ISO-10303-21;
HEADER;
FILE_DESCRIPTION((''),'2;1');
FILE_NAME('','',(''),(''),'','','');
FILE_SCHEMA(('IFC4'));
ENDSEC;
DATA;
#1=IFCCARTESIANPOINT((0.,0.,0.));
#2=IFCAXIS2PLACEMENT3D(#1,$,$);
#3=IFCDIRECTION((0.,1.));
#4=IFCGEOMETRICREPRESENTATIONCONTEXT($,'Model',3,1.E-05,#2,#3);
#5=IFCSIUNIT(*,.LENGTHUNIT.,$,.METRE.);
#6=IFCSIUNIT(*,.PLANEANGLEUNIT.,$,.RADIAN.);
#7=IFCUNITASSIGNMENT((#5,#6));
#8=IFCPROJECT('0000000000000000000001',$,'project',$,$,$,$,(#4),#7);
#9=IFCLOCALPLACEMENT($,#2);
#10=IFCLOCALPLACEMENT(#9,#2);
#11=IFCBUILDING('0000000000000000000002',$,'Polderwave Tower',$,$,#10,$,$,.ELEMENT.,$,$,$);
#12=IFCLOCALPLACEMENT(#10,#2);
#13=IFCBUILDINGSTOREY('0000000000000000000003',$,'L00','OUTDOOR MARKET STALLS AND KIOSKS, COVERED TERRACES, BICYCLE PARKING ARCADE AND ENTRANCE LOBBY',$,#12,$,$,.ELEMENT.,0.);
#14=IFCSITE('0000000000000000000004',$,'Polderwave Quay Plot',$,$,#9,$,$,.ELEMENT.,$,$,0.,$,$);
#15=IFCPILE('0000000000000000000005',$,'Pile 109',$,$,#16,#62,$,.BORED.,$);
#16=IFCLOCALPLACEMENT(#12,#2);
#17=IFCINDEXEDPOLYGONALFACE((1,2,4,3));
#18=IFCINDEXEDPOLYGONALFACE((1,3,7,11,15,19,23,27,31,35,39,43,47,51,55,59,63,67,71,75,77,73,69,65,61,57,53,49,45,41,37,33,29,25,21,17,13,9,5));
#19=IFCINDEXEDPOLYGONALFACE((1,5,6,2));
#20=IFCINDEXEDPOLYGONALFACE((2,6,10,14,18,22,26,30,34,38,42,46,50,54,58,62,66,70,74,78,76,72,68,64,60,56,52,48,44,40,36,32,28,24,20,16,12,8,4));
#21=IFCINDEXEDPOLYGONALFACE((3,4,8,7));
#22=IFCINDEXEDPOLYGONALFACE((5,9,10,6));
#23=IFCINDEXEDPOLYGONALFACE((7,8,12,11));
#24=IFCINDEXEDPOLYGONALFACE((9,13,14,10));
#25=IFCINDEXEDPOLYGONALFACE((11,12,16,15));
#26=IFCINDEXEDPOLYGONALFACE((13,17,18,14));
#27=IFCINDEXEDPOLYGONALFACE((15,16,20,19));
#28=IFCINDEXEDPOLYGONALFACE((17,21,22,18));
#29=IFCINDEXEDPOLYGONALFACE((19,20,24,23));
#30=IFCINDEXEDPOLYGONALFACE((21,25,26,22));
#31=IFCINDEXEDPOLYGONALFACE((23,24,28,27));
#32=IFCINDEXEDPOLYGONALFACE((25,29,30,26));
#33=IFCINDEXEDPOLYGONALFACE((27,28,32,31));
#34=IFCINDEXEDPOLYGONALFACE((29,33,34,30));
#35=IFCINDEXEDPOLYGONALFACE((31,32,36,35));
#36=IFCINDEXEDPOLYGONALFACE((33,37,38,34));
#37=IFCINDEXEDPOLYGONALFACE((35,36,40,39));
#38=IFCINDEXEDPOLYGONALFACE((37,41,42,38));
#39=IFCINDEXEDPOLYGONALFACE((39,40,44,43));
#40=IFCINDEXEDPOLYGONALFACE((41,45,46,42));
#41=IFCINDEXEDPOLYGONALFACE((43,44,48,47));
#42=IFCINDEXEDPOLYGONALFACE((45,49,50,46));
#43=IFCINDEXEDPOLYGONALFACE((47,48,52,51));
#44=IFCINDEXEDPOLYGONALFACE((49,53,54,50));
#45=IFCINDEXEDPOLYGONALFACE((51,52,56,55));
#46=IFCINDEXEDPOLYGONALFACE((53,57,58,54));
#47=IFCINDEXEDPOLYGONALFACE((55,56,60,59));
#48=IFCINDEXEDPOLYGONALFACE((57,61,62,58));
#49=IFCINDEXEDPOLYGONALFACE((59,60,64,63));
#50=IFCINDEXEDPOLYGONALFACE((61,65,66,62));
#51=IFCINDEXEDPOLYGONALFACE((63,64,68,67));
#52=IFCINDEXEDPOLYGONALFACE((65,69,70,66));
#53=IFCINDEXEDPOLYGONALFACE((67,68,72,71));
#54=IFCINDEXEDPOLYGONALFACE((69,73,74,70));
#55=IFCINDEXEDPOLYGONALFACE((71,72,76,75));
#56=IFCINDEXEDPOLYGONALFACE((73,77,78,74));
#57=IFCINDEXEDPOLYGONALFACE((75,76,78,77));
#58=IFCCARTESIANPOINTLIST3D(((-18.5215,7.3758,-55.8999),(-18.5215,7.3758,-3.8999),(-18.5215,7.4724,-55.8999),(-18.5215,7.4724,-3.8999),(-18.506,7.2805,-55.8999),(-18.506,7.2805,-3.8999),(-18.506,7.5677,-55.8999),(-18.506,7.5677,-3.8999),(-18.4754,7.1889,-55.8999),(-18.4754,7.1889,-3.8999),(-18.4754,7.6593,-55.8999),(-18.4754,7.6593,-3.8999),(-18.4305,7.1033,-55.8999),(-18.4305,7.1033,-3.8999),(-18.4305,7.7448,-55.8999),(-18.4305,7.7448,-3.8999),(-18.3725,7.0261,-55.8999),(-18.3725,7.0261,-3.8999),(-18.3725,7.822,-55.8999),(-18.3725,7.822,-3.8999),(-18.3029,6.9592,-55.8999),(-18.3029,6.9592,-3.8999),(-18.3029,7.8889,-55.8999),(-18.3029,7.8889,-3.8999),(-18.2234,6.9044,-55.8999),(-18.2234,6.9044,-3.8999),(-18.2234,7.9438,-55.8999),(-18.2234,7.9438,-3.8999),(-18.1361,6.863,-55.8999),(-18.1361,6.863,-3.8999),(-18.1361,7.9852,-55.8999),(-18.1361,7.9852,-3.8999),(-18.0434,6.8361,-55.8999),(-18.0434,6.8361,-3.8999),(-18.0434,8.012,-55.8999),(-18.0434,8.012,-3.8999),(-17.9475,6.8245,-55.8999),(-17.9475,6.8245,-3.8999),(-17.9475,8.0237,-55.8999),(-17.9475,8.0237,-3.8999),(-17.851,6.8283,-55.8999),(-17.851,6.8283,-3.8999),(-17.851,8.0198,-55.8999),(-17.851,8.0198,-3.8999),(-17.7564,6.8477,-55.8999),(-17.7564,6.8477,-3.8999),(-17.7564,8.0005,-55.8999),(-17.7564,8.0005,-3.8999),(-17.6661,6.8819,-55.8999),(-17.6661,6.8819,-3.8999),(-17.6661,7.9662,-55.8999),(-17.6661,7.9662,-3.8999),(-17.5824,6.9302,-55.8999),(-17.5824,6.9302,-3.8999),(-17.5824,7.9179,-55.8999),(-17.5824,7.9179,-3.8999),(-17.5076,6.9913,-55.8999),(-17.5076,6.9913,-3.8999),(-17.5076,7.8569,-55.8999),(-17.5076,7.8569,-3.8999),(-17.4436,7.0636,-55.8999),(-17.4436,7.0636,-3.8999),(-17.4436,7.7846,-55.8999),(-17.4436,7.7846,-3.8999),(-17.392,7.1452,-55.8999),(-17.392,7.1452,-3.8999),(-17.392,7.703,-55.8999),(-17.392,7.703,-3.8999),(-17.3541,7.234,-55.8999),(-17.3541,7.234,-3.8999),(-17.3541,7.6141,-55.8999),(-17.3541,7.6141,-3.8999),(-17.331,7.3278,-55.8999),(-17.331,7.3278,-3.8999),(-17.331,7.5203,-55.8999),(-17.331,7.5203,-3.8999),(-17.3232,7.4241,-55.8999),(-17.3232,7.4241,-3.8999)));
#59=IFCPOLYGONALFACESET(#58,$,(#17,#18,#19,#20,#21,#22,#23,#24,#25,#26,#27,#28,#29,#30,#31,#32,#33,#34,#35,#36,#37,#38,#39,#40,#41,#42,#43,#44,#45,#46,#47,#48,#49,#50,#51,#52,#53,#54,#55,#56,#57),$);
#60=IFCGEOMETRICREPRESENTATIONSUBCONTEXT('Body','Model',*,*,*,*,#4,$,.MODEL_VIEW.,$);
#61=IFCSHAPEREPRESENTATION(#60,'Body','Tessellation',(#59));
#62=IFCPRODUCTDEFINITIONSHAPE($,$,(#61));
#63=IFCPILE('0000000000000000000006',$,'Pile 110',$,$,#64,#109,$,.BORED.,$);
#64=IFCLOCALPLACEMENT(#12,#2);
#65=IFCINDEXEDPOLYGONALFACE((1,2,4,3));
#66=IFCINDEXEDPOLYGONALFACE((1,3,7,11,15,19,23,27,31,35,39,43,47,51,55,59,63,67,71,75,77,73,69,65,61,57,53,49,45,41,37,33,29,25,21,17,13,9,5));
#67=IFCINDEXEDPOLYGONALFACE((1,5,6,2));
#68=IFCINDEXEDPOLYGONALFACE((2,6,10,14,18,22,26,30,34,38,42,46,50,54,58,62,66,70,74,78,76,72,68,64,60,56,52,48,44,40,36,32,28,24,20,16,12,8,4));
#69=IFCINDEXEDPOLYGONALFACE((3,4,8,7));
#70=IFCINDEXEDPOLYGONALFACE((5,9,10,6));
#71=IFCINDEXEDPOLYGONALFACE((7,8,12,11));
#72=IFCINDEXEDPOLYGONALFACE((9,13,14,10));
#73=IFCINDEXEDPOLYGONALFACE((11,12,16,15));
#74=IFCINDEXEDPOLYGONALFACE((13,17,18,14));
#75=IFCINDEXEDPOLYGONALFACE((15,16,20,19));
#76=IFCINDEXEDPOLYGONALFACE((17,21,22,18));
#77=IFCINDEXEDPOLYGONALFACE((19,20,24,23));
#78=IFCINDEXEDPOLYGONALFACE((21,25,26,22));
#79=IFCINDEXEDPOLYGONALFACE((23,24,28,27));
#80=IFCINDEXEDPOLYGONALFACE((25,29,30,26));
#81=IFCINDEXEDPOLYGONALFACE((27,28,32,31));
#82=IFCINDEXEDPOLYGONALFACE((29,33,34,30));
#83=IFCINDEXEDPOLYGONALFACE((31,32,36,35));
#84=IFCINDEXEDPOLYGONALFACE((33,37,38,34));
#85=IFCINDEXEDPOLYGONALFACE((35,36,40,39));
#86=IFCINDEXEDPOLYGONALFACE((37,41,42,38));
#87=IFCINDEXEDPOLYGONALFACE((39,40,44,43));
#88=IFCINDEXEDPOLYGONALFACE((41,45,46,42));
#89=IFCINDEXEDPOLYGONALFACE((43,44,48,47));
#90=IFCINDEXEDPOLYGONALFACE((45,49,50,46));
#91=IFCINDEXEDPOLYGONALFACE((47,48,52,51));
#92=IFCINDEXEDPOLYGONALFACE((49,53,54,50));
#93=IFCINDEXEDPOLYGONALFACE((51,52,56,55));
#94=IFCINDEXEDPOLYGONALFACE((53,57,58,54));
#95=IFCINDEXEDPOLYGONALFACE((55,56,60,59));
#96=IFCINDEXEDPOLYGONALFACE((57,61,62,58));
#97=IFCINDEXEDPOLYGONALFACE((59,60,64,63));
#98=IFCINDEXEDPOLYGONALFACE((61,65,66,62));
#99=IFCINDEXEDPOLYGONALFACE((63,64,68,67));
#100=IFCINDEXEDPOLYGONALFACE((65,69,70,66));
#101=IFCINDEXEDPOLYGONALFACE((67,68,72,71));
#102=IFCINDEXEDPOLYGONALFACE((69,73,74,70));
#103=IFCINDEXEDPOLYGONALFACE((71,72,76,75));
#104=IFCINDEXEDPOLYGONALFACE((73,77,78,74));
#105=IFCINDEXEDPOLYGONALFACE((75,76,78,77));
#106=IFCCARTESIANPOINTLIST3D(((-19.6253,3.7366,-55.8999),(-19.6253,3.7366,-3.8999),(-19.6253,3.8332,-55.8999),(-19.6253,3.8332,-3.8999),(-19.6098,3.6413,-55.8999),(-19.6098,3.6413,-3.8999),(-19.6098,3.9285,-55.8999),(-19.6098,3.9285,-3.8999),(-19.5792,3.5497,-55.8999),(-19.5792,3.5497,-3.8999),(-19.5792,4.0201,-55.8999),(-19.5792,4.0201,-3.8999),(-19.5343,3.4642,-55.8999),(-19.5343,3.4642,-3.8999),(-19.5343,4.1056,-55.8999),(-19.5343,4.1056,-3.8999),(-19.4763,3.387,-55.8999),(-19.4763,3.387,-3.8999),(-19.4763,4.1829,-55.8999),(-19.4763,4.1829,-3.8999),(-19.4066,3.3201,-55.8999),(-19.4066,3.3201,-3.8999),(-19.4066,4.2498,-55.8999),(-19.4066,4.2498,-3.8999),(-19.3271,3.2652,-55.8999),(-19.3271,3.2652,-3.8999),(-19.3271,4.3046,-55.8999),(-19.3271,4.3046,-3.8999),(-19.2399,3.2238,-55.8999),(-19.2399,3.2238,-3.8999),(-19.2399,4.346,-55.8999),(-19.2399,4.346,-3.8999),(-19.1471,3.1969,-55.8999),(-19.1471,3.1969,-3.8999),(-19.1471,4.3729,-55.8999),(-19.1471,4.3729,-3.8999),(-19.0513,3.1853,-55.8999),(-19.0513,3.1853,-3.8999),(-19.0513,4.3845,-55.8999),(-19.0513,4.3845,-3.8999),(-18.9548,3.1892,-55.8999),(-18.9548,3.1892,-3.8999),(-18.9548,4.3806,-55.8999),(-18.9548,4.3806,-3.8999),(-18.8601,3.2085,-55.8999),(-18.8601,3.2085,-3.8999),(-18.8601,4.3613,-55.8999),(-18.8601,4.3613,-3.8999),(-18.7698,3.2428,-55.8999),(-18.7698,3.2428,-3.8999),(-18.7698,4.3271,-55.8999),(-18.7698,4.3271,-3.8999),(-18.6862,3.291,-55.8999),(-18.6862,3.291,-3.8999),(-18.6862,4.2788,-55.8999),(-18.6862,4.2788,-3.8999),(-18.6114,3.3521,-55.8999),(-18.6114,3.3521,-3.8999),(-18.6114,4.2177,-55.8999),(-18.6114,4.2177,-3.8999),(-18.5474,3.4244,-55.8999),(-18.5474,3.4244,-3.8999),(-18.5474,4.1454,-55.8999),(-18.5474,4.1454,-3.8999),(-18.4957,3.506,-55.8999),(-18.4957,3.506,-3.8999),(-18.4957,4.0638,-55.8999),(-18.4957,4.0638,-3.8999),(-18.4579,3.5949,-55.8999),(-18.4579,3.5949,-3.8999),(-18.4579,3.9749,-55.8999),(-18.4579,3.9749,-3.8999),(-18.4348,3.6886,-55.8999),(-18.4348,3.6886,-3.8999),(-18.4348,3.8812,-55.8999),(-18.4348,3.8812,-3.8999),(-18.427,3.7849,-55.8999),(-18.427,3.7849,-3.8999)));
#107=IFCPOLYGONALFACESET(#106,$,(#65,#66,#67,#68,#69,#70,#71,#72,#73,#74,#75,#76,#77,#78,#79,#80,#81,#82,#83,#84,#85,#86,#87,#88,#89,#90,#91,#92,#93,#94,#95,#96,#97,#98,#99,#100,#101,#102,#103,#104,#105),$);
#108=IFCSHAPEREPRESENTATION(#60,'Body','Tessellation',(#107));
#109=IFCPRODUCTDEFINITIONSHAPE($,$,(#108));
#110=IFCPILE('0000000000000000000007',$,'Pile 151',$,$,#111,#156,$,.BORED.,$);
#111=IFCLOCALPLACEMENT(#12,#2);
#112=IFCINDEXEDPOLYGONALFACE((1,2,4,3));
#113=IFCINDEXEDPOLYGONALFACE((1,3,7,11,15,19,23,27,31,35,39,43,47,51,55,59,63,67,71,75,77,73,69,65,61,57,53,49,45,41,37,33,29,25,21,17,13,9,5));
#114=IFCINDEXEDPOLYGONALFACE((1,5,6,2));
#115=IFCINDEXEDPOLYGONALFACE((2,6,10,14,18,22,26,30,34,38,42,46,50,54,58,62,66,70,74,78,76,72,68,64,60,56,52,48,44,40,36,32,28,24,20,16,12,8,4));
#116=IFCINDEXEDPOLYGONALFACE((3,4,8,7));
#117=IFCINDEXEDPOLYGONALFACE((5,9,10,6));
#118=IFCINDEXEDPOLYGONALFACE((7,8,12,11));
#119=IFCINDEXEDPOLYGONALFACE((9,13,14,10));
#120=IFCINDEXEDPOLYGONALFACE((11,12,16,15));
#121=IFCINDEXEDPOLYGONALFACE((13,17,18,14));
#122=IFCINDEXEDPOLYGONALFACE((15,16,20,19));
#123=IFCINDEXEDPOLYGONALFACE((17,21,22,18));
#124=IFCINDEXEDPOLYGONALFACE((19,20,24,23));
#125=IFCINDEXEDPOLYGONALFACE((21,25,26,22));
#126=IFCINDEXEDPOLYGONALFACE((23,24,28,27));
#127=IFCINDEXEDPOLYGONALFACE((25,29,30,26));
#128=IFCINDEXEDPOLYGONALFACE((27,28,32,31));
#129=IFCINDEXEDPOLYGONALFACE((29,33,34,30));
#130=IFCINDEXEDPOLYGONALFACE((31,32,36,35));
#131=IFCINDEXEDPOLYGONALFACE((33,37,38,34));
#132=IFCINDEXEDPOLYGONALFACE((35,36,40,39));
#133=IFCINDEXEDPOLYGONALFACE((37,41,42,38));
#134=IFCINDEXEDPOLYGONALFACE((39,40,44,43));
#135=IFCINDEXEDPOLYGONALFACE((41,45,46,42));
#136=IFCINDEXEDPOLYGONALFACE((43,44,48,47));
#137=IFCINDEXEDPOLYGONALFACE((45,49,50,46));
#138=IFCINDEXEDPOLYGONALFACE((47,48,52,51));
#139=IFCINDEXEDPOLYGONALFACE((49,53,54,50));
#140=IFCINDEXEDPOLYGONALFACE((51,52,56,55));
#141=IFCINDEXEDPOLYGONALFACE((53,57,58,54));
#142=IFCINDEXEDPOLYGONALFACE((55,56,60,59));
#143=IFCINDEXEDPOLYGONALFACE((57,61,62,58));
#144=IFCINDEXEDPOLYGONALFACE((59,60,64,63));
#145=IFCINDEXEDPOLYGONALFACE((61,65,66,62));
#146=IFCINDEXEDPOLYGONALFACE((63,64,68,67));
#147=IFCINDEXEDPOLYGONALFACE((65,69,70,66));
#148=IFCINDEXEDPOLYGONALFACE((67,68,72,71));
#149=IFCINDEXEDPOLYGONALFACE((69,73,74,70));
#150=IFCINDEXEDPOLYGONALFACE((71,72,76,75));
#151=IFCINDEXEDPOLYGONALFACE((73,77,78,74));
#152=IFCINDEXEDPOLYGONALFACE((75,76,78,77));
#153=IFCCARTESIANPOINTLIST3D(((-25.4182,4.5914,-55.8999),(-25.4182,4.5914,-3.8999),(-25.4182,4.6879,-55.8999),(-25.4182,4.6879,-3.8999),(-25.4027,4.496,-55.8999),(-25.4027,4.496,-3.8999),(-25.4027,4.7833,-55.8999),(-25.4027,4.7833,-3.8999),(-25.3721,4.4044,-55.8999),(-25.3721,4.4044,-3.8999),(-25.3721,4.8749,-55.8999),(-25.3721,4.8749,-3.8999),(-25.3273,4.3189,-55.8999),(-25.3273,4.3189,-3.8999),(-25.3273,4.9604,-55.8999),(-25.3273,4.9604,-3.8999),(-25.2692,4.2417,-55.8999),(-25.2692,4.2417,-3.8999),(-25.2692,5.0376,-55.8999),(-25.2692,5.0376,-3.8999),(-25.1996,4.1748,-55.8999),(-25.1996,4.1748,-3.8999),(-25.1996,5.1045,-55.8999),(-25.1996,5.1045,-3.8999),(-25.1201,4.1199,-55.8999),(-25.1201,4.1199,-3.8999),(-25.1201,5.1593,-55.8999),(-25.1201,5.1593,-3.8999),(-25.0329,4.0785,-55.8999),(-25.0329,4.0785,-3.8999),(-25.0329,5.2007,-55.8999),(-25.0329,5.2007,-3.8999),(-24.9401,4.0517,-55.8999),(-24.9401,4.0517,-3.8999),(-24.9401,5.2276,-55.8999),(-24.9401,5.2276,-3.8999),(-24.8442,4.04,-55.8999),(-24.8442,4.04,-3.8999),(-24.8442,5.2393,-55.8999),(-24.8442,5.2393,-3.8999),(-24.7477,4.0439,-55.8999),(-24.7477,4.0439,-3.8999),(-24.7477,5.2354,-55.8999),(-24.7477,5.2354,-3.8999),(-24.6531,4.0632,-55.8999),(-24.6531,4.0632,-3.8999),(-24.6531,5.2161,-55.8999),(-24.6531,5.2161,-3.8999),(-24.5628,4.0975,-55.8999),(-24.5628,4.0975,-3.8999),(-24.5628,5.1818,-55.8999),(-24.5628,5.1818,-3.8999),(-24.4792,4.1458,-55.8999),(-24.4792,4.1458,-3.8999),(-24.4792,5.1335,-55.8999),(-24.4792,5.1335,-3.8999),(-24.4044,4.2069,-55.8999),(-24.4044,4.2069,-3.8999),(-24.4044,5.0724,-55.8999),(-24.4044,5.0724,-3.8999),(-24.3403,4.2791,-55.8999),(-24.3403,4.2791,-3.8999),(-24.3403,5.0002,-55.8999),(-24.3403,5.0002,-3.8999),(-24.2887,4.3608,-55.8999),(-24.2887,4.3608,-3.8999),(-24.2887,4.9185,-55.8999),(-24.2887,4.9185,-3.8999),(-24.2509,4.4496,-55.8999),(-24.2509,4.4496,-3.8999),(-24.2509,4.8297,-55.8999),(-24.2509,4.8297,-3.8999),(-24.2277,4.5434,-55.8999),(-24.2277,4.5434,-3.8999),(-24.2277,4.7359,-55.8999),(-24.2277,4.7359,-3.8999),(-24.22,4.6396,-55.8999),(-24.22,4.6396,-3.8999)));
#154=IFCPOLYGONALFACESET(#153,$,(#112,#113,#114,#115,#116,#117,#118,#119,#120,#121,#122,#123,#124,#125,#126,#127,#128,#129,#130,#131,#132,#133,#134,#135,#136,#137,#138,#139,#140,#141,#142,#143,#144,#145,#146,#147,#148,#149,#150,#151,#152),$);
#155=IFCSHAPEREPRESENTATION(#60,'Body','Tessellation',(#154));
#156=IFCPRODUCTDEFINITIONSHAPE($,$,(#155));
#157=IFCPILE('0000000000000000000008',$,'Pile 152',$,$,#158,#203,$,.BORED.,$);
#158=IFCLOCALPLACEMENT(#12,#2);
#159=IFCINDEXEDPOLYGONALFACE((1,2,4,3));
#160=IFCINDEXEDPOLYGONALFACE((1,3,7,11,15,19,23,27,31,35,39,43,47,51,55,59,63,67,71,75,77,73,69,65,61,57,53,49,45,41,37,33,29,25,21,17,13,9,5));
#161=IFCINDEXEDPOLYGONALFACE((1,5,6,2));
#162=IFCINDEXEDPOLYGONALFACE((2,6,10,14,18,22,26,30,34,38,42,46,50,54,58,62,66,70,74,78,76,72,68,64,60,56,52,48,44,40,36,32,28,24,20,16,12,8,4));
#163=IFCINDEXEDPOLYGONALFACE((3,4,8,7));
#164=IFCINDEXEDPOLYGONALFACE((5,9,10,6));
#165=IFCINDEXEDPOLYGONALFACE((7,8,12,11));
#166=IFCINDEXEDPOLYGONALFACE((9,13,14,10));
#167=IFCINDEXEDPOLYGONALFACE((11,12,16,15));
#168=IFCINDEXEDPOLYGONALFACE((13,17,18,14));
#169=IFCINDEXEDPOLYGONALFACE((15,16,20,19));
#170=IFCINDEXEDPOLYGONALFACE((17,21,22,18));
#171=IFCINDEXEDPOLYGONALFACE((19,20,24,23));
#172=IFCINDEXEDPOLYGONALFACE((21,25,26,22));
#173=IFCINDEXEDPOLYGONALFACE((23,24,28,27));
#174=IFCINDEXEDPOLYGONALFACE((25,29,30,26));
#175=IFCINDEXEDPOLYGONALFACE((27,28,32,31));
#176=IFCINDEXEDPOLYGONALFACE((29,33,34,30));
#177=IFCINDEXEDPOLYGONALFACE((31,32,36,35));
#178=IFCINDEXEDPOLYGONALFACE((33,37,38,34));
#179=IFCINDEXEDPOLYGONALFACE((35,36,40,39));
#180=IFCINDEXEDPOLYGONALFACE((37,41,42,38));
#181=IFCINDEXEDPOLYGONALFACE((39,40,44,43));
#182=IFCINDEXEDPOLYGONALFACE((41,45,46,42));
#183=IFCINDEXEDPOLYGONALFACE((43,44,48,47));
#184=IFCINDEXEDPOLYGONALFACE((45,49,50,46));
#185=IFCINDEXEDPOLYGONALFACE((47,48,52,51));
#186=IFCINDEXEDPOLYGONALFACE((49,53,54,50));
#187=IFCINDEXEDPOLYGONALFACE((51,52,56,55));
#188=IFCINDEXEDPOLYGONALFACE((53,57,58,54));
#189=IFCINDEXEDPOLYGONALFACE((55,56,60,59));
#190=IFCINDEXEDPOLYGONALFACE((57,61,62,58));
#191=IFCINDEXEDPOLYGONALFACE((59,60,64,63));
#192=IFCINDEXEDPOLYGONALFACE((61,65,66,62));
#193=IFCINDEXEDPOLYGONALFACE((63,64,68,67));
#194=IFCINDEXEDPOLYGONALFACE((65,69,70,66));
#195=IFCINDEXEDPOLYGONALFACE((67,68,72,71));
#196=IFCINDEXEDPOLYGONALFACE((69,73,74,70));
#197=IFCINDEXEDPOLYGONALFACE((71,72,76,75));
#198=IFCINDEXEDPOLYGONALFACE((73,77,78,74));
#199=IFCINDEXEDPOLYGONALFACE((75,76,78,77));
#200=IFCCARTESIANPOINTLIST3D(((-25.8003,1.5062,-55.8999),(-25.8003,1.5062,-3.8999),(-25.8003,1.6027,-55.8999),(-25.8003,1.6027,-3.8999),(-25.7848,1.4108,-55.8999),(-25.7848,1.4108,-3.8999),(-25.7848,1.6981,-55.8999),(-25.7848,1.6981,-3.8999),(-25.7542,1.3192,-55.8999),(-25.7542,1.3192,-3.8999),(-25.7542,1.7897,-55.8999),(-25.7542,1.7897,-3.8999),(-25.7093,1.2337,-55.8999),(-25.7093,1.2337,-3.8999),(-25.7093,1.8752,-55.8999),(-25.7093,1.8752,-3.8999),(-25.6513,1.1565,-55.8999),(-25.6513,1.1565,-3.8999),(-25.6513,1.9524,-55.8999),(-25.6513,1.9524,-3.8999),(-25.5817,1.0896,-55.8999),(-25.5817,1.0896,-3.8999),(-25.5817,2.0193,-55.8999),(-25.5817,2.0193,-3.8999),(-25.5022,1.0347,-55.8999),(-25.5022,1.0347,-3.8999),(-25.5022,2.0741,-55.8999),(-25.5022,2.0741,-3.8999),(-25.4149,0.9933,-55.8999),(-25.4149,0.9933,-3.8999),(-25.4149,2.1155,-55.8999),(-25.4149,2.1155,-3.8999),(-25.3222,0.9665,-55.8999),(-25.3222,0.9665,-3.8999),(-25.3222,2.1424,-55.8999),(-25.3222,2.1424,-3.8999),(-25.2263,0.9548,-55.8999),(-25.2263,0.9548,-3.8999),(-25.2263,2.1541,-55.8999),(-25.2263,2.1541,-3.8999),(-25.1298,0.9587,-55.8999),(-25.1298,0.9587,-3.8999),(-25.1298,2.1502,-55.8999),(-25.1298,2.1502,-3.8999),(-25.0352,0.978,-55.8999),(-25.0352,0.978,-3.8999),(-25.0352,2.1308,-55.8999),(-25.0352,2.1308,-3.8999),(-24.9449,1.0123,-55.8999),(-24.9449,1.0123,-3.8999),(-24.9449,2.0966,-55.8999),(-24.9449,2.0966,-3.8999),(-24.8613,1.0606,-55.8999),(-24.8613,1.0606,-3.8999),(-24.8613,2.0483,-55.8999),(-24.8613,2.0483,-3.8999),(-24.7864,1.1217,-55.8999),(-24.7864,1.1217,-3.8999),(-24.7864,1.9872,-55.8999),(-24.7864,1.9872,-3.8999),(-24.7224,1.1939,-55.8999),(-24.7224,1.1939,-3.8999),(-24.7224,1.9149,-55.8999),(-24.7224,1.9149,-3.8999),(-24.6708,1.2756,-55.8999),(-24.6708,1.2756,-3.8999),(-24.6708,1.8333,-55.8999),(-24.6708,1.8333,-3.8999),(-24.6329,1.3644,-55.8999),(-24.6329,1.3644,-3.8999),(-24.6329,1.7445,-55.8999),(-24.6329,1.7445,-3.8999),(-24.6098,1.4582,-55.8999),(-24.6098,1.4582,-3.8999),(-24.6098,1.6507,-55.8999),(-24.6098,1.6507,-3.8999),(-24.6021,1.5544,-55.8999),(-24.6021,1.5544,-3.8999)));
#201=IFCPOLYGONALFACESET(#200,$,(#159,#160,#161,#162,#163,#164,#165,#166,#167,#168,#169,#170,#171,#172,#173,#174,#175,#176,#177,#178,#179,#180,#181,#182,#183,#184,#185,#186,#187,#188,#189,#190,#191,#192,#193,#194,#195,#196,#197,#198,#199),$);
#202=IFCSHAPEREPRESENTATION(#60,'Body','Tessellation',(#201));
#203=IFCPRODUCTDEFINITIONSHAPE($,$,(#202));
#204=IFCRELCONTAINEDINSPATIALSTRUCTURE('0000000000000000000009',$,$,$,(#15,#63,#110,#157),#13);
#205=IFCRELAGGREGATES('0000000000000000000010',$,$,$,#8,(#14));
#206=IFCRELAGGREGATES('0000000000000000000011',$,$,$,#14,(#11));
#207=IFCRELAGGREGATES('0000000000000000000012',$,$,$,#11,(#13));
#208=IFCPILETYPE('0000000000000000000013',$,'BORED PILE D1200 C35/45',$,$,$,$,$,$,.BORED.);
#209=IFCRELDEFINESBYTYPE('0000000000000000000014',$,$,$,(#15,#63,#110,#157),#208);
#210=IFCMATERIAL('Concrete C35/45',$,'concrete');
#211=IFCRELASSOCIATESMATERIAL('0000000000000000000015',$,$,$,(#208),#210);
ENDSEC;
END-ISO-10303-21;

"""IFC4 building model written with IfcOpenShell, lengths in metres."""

from ifc_helpers import new_model, si_unit, direction, frame, origin, origin_2d, place, context, subcontext, project, spatial, circle, extrude, material, material_profile, profile_set, type_object, element, save


model = new_model("IFC4")

# Units and contexts
model_context = context("Model", 3, precision=1e-05, world=origin(), true_north=direction((0.0, 1.0)))
body_context = subcontext(model_context, "Body", "Model", "MODEL_VIEW")
ifc_project = project(units=[si_unit("LENGTHUNIT", "METRE"), si_unit("PLANEANGLEUNIT", "RADIAN")], contexts=[model_context])

# Site, building, storey
site_placement = place(None, origin())
site = spatial("IfcSite", under=ifc_project, at=site_placement, Name="Polderwave Quay Plot", CompositionType="ELEMENT", RefElevation=0.0)
building_placement = place(site_placement, origin())
building = spatial("IfcBuilding", under=site, at=building_placement, Name="Polderwave Tower", CompositionType="ELEMENT")
storey_placement = place(building_placement, origin())
storey = spatial("IfcBuildingStorey", under=building, at=storey_placement, Name="L00", Description="OUTDOOR MARKET STALLS AND KIOSKS, COVERED TERRACES, BICYCLE PARKING ARCADE AND ENTRANCE LOBBY", CompositionType="ELEMENT", Elevation=0.0)

# Piles
ifc_material_1 = material(Name="Concrete C35/45", Category="concrete")
ifc_material_profile_1 = material_profile(ifc_material_1, circle(Radius=0.6001, at=origin_2d()), Name="BORED D1200")
ifc_profile_set_1 = profile_set([ifc_material_profile_1], Name="Concrete C35/45")
pile_type = type_object("IfcPileType", Name="BORED PILE D1200 C35/45", PredefinedType="BORED", material=ifc_profile_set_1)
for number, where, z_axis, x_axis, name in (
    (1, (-17.9233, 7.4241, -3.8999), (0.0, 0.0, -1.0), (1.0, 0.0, 0.0), "Pile 109"),
    (2, (-19.0271, 3.7849, -3.8999), (0.0, 0.0, -1.0), (1.0, 0.0, 0.0), "Pile 110"),
    (3, (-24.8201, 4.6396, -3.8999), (0.0, 0.0, -1.0), (1.0, 0.0, 0.0), "Pile 151"),
    (4, (-25.2021, 1.5544, -3.8999), (0.0, 0.0, -1.0), (1.0, 0.0, 0.0), "Pile 152"),
):
    element("IfcPile", number, at=place(storey_placement, frame(where, z_axis=z_axis, x_axis=x_axis)), inside=storey, type_object=pile_type, Name=name, PredefinedType="BORED", context=body_context, shape_type="SweptSolid", body=[
        extrude(circle(Radius=0.6001, at=origin_2d()), origin(), (0.0, 0.0, 1.0), 52.0),
    ])

save(model, "model.ifc")
